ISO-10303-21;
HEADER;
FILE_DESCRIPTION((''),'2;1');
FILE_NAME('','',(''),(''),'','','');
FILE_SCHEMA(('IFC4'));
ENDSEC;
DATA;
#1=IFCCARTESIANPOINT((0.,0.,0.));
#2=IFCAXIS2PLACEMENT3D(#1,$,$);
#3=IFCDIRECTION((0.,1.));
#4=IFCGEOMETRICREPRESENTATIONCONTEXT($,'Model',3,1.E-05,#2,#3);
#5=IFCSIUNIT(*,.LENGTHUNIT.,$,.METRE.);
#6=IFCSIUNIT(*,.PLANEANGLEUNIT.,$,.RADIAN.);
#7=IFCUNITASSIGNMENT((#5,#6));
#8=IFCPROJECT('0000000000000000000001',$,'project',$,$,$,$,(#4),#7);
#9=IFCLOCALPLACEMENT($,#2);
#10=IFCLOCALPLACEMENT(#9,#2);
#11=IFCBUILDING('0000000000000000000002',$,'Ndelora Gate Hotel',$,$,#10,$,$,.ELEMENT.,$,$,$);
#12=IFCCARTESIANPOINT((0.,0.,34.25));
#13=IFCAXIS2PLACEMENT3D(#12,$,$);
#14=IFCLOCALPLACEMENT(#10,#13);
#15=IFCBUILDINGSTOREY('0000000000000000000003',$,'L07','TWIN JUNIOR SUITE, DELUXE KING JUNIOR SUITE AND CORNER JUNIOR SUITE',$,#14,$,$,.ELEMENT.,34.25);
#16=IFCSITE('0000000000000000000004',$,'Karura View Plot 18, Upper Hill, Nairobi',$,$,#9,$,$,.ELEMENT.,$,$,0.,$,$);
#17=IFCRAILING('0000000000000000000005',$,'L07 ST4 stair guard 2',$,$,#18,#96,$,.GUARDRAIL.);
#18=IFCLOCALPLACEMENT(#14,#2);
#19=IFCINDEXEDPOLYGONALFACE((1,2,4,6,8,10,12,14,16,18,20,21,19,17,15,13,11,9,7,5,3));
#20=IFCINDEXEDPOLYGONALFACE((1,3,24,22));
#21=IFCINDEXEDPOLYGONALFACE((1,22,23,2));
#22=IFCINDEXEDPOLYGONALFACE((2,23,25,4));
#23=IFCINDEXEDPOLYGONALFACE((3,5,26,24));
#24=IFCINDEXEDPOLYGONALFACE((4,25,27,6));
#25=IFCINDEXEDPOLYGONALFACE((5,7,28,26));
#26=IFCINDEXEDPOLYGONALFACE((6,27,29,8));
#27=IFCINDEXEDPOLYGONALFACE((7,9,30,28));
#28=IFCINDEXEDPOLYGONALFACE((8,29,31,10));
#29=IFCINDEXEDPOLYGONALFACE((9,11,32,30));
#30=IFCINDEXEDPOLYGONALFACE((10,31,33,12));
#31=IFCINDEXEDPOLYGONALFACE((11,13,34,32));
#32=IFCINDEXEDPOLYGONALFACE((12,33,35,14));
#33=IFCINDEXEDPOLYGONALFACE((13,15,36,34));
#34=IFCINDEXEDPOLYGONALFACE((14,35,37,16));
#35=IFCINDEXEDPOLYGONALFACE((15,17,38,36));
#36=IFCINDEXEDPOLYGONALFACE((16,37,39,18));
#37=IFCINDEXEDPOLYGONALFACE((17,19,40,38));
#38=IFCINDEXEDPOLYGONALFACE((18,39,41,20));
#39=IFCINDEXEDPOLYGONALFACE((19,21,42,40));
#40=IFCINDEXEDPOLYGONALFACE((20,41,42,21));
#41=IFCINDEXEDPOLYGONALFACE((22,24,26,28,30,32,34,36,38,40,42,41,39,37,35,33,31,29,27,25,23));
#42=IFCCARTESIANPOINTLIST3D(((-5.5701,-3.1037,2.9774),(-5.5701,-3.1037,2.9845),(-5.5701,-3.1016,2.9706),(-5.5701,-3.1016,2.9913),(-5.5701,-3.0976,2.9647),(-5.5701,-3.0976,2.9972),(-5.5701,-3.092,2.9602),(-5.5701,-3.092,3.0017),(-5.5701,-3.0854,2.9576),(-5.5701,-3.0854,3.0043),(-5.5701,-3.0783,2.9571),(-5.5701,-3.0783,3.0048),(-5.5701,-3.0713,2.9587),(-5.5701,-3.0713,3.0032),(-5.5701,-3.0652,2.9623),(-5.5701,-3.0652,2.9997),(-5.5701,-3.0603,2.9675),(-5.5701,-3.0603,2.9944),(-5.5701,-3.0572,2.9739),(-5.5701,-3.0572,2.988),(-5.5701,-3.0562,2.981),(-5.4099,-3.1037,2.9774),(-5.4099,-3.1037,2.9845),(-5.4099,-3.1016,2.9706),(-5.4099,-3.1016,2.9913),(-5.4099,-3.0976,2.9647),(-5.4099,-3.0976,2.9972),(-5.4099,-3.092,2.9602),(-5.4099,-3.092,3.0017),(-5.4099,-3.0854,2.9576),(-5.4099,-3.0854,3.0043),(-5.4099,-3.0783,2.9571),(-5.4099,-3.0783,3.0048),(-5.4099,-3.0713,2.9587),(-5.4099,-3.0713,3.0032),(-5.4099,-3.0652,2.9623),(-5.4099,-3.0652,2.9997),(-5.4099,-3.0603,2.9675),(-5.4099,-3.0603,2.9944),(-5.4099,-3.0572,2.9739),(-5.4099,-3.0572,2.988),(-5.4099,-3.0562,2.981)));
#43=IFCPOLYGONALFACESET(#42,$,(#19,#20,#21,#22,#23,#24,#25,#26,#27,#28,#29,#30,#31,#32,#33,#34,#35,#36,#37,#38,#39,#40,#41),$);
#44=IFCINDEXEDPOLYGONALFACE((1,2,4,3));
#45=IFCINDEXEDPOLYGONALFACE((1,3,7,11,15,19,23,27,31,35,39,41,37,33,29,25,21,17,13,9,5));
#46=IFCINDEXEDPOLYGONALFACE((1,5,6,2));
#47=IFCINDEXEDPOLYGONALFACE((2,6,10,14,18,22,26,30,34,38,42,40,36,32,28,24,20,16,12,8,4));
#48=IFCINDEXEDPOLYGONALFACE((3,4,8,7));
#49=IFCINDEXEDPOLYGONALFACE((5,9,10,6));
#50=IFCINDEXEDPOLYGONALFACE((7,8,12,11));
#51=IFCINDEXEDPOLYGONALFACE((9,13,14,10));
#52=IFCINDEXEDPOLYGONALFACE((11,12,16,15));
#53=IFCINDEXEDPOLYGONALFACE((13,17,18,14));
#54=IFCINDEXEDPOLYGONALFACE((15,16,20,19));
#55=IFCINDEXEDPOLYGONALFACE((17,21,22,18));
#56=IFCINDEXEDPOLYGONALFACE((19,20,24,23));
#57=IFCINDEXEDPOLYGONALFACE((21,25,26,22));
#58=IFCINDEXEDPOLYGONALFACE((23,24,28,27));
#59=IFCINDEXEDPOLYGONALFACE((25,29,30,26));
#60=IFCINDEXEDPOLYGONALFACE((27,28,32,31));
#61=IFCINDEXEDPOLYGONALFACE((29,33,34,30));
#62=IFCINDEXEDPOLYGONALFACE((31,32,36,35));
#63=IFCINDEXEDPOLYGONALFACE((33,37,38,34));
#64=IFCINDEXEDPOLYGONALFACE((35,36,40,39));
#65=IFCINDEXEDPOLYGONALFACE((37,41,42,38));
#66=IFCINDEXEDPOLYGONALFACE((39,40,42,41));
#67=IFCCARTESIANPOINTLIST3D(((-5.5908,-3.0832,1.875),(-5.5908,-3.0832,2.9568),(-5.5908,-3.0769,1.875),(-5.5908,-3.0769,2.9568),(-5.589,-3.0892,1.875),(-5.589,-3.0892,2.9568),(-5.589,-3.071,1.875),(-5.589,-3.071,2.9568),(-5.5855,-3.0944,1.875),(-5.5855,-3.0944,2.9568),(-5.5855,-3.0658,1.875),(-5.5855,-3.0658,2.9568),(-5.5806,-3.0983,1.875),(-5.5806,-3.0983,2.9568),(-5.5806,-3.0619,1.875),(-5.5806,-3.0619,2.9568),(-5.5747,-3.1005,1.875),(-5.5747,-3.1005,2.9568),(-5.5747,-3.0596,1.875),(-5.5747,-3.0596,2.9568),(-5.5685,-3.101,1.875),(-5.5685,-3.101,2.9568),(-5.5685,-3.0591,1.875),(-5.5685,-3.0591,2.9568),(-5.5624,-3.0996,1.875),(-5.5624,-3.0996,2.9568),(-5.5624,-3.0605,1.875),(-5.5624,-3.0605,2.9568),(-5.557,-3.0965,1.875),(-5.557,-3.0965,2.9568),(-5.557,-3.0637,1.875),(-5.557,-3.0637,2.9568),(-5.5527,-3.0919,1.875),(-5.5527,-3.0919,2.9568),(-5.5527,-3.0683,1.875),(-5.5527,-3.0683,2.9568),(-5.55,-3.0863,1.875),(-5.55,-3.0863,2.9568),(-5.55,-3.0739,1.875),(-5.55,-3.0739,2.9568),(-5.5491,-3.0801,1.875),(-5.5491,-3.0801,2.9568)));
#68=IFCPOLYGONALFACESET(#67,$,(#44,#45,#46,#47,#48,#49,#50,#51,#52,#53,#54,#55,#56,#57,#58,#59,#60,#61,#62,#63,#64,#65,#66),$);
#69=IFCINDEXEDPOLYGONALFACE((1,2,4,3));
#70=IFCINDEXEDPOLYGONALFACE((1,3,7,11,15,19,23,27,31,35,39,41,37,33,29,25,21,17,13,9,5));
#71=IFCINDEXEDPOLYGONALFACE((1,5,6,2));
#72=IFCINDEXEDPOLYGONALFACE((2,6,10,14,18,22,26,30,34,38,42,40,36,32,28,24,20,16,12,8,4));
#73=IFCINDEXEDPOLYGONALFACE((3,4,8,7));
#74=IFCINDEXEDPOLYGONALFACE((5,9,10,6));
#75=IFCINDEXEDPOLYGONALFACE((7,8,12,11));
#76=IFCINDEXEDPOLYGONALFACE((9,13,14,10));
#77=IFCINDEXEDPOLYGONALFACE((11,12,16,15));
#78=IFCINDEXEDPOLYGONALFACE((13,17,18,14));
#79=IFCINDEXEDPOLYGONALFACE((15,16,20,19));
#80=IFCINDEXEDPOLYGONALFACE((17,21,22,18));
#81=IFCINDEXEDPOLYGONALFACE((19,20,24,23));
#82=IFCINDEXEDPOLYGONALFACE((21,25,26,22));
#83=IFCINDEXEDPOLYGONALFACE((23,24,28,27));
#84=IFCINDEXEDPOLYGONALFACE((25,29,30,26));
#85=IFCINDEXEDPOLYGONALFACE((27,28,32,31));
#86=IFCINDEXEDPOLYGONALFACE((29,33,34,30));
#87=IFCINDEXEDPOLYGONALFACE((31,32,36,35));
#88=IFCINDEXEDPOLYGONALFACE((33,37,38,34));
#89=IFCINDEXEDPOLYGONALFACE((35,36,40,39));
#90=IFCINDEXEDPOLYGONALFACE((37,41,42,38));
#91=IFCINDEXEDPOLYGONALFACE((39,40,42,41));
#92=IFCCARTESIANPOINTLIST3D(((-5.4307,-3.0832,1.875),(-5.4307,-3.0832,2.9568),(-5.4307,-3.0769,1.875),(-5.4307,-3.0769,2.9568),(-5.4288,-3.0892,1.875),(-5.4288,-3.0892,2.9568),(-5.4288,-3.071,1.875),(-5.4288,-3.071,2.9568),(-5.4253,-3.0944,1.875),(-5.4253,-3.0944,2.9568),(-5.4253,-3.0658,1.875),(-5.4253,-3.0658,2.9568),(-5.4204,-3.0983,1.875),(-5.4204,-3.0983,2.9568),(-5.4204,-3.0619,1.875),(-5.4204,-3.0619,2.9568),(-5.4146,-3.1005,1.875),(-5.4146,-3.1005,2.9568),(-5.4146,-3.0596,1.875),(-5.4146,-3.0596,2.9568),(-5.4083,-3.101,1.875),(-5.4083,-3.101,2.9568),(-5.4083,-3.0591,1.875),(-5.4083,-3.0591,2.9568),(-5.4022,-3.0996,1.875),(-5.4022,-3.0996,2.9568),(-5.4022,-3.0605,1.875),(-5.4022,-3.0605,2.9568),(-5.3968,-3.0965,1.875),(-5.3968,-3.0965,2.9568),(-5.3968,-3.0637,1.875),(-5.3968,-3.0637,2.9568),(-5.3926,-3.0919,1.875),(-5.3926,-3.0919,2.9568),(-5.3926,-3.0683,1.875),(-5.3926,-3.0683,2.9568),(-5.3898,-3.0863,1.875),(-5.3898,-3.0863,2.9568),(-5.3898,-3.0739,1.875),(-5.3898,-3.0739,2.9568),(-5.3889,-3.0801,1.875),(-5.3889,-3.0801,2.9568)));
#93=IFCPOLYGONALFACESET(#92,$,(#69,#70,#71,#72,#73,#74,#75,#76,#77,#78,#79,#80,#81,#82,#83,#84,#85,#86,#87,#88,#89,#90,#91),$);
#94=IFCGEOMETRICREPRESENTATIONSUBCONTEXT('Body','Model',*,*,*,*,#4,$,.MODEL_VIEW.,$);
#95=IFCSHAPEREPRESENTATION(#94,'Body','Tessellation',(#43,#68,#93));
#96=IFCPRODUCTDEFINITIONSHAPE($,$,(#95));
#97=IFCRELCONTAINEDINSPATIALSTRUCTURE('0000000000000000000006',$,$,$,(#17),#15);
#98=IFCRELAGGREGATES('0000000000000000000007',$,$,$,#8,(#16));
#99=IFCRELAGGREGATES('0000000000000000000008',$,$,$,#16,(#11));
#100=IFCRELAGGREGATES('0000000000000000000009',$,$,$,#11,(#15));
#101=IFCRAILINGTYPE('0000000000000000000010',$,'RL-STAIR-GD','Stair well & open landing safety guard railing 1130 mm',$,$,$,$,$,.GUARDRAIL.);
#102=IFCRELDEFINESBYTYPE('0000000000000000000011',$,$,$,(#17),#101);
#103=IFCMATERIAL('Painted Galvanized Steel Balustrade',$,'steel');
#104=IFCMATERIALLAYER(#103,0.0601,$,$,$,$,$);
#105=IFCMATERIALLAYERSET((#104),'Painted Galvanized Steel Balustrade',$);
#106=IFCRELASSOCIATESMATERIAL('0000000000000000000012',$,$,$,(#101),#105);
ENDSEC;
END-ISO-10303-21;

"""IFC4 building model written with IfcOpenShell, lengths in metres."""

from ifc_helpers import new_model, si_unit, direction, frame, origin, origin_2d, place, context, subcontext, project, spatial, circle, extrude, material, layer, layer_set, type_object, element, save


model = new_model("IFC4")

# Units and contexts
model_context = context("Model", 3, precision=1e-05, world=origin(), true_north=direction((0.0, 1.0)))
body_context = subcontext(model_context, "Body", "Model", "MODEL_VIEW")
ifc_project = project(units=[si_unit("LENGTHUNIT", "METRE"), si_unit("PLANEANGLEUNIT", "RADIAN")], contexts=[model_context])

# Site, building, storey
site_placement = place(None, origin())
site = spatial("IfcSite", under=ifc_project, at=site_placement, Name="Karura View Plot 18, Upper Hill, Nairobi", CompositionType="ELEMENT", RefElevation=0.0)
building_placement = place(site_placement, origin())
building = spatial("IfcBuilding", under=site, at=building_placement, Name="Ndelora Gate Hotel", CompositionType="ELEMENT")
storey_placement = place(building_placement, frame((0.0, 0.0, 34.25)))
storey = spatial("IfcBuildingStorey", under=building, at=storey_placement, Name="L07", Description="TWIN JUNIOR SUITE, DELUXE KING JUNIOR SUITE AND CORNER JUNIOR SUITE", CompositionType="ELEMENT", Elevation=34.25)

# Railing
ifc_material_1 = material(Name="Painted Galvanized Steel Balustrade", Category="steel")
ifc_layer_1 = layer(ifc_material_1, 0.0601)
ifc_layer_set_1 = layer_set([ifc_layer_1], Name="Painted Galvanized Steel Balustrade")
railing_type_1 = type_object("IfcRailingType", Name="RL-STAIR-GD", Description="Stair well & open landing safety guard railing 1130 mm", PredefinedType="GUARDRAIL", material=ifc_layer_set_1)
railing_1_placement = place(storey_placement, frame((-5.5701, -3.0801, 1.875)))
element("IfcRailing", 1, at=railing_1_placement, inside=storey, type_object=railing_type_1, Name="L07 ST4 stair guard 2", PredefinedType="GUARDRAIL", context=body_context, shape_type="SweptSolid", body=[
    extrude(circle(Radius=0.0239, at=origin_2d()), frame((0.0, 0.0, 1.106), z_axis=(1.0, 0.0, 0.0), x_axis=(0.0, 1.0, 0.0)), (0.0, 0.0, 1.0), 0.1602),
    extrude(circle(Radius=0.021, at=origin_2d()), origin(), (0.0, 0.0, 1.0), 1.0818),
    extrude(circle(Radius=0.021, at=origin_2d()), frame((0.1602, 0.0, 0.0)), (0.0, 0.0, 1.0), 1.0818),
])

save(model, "model.ifc")
